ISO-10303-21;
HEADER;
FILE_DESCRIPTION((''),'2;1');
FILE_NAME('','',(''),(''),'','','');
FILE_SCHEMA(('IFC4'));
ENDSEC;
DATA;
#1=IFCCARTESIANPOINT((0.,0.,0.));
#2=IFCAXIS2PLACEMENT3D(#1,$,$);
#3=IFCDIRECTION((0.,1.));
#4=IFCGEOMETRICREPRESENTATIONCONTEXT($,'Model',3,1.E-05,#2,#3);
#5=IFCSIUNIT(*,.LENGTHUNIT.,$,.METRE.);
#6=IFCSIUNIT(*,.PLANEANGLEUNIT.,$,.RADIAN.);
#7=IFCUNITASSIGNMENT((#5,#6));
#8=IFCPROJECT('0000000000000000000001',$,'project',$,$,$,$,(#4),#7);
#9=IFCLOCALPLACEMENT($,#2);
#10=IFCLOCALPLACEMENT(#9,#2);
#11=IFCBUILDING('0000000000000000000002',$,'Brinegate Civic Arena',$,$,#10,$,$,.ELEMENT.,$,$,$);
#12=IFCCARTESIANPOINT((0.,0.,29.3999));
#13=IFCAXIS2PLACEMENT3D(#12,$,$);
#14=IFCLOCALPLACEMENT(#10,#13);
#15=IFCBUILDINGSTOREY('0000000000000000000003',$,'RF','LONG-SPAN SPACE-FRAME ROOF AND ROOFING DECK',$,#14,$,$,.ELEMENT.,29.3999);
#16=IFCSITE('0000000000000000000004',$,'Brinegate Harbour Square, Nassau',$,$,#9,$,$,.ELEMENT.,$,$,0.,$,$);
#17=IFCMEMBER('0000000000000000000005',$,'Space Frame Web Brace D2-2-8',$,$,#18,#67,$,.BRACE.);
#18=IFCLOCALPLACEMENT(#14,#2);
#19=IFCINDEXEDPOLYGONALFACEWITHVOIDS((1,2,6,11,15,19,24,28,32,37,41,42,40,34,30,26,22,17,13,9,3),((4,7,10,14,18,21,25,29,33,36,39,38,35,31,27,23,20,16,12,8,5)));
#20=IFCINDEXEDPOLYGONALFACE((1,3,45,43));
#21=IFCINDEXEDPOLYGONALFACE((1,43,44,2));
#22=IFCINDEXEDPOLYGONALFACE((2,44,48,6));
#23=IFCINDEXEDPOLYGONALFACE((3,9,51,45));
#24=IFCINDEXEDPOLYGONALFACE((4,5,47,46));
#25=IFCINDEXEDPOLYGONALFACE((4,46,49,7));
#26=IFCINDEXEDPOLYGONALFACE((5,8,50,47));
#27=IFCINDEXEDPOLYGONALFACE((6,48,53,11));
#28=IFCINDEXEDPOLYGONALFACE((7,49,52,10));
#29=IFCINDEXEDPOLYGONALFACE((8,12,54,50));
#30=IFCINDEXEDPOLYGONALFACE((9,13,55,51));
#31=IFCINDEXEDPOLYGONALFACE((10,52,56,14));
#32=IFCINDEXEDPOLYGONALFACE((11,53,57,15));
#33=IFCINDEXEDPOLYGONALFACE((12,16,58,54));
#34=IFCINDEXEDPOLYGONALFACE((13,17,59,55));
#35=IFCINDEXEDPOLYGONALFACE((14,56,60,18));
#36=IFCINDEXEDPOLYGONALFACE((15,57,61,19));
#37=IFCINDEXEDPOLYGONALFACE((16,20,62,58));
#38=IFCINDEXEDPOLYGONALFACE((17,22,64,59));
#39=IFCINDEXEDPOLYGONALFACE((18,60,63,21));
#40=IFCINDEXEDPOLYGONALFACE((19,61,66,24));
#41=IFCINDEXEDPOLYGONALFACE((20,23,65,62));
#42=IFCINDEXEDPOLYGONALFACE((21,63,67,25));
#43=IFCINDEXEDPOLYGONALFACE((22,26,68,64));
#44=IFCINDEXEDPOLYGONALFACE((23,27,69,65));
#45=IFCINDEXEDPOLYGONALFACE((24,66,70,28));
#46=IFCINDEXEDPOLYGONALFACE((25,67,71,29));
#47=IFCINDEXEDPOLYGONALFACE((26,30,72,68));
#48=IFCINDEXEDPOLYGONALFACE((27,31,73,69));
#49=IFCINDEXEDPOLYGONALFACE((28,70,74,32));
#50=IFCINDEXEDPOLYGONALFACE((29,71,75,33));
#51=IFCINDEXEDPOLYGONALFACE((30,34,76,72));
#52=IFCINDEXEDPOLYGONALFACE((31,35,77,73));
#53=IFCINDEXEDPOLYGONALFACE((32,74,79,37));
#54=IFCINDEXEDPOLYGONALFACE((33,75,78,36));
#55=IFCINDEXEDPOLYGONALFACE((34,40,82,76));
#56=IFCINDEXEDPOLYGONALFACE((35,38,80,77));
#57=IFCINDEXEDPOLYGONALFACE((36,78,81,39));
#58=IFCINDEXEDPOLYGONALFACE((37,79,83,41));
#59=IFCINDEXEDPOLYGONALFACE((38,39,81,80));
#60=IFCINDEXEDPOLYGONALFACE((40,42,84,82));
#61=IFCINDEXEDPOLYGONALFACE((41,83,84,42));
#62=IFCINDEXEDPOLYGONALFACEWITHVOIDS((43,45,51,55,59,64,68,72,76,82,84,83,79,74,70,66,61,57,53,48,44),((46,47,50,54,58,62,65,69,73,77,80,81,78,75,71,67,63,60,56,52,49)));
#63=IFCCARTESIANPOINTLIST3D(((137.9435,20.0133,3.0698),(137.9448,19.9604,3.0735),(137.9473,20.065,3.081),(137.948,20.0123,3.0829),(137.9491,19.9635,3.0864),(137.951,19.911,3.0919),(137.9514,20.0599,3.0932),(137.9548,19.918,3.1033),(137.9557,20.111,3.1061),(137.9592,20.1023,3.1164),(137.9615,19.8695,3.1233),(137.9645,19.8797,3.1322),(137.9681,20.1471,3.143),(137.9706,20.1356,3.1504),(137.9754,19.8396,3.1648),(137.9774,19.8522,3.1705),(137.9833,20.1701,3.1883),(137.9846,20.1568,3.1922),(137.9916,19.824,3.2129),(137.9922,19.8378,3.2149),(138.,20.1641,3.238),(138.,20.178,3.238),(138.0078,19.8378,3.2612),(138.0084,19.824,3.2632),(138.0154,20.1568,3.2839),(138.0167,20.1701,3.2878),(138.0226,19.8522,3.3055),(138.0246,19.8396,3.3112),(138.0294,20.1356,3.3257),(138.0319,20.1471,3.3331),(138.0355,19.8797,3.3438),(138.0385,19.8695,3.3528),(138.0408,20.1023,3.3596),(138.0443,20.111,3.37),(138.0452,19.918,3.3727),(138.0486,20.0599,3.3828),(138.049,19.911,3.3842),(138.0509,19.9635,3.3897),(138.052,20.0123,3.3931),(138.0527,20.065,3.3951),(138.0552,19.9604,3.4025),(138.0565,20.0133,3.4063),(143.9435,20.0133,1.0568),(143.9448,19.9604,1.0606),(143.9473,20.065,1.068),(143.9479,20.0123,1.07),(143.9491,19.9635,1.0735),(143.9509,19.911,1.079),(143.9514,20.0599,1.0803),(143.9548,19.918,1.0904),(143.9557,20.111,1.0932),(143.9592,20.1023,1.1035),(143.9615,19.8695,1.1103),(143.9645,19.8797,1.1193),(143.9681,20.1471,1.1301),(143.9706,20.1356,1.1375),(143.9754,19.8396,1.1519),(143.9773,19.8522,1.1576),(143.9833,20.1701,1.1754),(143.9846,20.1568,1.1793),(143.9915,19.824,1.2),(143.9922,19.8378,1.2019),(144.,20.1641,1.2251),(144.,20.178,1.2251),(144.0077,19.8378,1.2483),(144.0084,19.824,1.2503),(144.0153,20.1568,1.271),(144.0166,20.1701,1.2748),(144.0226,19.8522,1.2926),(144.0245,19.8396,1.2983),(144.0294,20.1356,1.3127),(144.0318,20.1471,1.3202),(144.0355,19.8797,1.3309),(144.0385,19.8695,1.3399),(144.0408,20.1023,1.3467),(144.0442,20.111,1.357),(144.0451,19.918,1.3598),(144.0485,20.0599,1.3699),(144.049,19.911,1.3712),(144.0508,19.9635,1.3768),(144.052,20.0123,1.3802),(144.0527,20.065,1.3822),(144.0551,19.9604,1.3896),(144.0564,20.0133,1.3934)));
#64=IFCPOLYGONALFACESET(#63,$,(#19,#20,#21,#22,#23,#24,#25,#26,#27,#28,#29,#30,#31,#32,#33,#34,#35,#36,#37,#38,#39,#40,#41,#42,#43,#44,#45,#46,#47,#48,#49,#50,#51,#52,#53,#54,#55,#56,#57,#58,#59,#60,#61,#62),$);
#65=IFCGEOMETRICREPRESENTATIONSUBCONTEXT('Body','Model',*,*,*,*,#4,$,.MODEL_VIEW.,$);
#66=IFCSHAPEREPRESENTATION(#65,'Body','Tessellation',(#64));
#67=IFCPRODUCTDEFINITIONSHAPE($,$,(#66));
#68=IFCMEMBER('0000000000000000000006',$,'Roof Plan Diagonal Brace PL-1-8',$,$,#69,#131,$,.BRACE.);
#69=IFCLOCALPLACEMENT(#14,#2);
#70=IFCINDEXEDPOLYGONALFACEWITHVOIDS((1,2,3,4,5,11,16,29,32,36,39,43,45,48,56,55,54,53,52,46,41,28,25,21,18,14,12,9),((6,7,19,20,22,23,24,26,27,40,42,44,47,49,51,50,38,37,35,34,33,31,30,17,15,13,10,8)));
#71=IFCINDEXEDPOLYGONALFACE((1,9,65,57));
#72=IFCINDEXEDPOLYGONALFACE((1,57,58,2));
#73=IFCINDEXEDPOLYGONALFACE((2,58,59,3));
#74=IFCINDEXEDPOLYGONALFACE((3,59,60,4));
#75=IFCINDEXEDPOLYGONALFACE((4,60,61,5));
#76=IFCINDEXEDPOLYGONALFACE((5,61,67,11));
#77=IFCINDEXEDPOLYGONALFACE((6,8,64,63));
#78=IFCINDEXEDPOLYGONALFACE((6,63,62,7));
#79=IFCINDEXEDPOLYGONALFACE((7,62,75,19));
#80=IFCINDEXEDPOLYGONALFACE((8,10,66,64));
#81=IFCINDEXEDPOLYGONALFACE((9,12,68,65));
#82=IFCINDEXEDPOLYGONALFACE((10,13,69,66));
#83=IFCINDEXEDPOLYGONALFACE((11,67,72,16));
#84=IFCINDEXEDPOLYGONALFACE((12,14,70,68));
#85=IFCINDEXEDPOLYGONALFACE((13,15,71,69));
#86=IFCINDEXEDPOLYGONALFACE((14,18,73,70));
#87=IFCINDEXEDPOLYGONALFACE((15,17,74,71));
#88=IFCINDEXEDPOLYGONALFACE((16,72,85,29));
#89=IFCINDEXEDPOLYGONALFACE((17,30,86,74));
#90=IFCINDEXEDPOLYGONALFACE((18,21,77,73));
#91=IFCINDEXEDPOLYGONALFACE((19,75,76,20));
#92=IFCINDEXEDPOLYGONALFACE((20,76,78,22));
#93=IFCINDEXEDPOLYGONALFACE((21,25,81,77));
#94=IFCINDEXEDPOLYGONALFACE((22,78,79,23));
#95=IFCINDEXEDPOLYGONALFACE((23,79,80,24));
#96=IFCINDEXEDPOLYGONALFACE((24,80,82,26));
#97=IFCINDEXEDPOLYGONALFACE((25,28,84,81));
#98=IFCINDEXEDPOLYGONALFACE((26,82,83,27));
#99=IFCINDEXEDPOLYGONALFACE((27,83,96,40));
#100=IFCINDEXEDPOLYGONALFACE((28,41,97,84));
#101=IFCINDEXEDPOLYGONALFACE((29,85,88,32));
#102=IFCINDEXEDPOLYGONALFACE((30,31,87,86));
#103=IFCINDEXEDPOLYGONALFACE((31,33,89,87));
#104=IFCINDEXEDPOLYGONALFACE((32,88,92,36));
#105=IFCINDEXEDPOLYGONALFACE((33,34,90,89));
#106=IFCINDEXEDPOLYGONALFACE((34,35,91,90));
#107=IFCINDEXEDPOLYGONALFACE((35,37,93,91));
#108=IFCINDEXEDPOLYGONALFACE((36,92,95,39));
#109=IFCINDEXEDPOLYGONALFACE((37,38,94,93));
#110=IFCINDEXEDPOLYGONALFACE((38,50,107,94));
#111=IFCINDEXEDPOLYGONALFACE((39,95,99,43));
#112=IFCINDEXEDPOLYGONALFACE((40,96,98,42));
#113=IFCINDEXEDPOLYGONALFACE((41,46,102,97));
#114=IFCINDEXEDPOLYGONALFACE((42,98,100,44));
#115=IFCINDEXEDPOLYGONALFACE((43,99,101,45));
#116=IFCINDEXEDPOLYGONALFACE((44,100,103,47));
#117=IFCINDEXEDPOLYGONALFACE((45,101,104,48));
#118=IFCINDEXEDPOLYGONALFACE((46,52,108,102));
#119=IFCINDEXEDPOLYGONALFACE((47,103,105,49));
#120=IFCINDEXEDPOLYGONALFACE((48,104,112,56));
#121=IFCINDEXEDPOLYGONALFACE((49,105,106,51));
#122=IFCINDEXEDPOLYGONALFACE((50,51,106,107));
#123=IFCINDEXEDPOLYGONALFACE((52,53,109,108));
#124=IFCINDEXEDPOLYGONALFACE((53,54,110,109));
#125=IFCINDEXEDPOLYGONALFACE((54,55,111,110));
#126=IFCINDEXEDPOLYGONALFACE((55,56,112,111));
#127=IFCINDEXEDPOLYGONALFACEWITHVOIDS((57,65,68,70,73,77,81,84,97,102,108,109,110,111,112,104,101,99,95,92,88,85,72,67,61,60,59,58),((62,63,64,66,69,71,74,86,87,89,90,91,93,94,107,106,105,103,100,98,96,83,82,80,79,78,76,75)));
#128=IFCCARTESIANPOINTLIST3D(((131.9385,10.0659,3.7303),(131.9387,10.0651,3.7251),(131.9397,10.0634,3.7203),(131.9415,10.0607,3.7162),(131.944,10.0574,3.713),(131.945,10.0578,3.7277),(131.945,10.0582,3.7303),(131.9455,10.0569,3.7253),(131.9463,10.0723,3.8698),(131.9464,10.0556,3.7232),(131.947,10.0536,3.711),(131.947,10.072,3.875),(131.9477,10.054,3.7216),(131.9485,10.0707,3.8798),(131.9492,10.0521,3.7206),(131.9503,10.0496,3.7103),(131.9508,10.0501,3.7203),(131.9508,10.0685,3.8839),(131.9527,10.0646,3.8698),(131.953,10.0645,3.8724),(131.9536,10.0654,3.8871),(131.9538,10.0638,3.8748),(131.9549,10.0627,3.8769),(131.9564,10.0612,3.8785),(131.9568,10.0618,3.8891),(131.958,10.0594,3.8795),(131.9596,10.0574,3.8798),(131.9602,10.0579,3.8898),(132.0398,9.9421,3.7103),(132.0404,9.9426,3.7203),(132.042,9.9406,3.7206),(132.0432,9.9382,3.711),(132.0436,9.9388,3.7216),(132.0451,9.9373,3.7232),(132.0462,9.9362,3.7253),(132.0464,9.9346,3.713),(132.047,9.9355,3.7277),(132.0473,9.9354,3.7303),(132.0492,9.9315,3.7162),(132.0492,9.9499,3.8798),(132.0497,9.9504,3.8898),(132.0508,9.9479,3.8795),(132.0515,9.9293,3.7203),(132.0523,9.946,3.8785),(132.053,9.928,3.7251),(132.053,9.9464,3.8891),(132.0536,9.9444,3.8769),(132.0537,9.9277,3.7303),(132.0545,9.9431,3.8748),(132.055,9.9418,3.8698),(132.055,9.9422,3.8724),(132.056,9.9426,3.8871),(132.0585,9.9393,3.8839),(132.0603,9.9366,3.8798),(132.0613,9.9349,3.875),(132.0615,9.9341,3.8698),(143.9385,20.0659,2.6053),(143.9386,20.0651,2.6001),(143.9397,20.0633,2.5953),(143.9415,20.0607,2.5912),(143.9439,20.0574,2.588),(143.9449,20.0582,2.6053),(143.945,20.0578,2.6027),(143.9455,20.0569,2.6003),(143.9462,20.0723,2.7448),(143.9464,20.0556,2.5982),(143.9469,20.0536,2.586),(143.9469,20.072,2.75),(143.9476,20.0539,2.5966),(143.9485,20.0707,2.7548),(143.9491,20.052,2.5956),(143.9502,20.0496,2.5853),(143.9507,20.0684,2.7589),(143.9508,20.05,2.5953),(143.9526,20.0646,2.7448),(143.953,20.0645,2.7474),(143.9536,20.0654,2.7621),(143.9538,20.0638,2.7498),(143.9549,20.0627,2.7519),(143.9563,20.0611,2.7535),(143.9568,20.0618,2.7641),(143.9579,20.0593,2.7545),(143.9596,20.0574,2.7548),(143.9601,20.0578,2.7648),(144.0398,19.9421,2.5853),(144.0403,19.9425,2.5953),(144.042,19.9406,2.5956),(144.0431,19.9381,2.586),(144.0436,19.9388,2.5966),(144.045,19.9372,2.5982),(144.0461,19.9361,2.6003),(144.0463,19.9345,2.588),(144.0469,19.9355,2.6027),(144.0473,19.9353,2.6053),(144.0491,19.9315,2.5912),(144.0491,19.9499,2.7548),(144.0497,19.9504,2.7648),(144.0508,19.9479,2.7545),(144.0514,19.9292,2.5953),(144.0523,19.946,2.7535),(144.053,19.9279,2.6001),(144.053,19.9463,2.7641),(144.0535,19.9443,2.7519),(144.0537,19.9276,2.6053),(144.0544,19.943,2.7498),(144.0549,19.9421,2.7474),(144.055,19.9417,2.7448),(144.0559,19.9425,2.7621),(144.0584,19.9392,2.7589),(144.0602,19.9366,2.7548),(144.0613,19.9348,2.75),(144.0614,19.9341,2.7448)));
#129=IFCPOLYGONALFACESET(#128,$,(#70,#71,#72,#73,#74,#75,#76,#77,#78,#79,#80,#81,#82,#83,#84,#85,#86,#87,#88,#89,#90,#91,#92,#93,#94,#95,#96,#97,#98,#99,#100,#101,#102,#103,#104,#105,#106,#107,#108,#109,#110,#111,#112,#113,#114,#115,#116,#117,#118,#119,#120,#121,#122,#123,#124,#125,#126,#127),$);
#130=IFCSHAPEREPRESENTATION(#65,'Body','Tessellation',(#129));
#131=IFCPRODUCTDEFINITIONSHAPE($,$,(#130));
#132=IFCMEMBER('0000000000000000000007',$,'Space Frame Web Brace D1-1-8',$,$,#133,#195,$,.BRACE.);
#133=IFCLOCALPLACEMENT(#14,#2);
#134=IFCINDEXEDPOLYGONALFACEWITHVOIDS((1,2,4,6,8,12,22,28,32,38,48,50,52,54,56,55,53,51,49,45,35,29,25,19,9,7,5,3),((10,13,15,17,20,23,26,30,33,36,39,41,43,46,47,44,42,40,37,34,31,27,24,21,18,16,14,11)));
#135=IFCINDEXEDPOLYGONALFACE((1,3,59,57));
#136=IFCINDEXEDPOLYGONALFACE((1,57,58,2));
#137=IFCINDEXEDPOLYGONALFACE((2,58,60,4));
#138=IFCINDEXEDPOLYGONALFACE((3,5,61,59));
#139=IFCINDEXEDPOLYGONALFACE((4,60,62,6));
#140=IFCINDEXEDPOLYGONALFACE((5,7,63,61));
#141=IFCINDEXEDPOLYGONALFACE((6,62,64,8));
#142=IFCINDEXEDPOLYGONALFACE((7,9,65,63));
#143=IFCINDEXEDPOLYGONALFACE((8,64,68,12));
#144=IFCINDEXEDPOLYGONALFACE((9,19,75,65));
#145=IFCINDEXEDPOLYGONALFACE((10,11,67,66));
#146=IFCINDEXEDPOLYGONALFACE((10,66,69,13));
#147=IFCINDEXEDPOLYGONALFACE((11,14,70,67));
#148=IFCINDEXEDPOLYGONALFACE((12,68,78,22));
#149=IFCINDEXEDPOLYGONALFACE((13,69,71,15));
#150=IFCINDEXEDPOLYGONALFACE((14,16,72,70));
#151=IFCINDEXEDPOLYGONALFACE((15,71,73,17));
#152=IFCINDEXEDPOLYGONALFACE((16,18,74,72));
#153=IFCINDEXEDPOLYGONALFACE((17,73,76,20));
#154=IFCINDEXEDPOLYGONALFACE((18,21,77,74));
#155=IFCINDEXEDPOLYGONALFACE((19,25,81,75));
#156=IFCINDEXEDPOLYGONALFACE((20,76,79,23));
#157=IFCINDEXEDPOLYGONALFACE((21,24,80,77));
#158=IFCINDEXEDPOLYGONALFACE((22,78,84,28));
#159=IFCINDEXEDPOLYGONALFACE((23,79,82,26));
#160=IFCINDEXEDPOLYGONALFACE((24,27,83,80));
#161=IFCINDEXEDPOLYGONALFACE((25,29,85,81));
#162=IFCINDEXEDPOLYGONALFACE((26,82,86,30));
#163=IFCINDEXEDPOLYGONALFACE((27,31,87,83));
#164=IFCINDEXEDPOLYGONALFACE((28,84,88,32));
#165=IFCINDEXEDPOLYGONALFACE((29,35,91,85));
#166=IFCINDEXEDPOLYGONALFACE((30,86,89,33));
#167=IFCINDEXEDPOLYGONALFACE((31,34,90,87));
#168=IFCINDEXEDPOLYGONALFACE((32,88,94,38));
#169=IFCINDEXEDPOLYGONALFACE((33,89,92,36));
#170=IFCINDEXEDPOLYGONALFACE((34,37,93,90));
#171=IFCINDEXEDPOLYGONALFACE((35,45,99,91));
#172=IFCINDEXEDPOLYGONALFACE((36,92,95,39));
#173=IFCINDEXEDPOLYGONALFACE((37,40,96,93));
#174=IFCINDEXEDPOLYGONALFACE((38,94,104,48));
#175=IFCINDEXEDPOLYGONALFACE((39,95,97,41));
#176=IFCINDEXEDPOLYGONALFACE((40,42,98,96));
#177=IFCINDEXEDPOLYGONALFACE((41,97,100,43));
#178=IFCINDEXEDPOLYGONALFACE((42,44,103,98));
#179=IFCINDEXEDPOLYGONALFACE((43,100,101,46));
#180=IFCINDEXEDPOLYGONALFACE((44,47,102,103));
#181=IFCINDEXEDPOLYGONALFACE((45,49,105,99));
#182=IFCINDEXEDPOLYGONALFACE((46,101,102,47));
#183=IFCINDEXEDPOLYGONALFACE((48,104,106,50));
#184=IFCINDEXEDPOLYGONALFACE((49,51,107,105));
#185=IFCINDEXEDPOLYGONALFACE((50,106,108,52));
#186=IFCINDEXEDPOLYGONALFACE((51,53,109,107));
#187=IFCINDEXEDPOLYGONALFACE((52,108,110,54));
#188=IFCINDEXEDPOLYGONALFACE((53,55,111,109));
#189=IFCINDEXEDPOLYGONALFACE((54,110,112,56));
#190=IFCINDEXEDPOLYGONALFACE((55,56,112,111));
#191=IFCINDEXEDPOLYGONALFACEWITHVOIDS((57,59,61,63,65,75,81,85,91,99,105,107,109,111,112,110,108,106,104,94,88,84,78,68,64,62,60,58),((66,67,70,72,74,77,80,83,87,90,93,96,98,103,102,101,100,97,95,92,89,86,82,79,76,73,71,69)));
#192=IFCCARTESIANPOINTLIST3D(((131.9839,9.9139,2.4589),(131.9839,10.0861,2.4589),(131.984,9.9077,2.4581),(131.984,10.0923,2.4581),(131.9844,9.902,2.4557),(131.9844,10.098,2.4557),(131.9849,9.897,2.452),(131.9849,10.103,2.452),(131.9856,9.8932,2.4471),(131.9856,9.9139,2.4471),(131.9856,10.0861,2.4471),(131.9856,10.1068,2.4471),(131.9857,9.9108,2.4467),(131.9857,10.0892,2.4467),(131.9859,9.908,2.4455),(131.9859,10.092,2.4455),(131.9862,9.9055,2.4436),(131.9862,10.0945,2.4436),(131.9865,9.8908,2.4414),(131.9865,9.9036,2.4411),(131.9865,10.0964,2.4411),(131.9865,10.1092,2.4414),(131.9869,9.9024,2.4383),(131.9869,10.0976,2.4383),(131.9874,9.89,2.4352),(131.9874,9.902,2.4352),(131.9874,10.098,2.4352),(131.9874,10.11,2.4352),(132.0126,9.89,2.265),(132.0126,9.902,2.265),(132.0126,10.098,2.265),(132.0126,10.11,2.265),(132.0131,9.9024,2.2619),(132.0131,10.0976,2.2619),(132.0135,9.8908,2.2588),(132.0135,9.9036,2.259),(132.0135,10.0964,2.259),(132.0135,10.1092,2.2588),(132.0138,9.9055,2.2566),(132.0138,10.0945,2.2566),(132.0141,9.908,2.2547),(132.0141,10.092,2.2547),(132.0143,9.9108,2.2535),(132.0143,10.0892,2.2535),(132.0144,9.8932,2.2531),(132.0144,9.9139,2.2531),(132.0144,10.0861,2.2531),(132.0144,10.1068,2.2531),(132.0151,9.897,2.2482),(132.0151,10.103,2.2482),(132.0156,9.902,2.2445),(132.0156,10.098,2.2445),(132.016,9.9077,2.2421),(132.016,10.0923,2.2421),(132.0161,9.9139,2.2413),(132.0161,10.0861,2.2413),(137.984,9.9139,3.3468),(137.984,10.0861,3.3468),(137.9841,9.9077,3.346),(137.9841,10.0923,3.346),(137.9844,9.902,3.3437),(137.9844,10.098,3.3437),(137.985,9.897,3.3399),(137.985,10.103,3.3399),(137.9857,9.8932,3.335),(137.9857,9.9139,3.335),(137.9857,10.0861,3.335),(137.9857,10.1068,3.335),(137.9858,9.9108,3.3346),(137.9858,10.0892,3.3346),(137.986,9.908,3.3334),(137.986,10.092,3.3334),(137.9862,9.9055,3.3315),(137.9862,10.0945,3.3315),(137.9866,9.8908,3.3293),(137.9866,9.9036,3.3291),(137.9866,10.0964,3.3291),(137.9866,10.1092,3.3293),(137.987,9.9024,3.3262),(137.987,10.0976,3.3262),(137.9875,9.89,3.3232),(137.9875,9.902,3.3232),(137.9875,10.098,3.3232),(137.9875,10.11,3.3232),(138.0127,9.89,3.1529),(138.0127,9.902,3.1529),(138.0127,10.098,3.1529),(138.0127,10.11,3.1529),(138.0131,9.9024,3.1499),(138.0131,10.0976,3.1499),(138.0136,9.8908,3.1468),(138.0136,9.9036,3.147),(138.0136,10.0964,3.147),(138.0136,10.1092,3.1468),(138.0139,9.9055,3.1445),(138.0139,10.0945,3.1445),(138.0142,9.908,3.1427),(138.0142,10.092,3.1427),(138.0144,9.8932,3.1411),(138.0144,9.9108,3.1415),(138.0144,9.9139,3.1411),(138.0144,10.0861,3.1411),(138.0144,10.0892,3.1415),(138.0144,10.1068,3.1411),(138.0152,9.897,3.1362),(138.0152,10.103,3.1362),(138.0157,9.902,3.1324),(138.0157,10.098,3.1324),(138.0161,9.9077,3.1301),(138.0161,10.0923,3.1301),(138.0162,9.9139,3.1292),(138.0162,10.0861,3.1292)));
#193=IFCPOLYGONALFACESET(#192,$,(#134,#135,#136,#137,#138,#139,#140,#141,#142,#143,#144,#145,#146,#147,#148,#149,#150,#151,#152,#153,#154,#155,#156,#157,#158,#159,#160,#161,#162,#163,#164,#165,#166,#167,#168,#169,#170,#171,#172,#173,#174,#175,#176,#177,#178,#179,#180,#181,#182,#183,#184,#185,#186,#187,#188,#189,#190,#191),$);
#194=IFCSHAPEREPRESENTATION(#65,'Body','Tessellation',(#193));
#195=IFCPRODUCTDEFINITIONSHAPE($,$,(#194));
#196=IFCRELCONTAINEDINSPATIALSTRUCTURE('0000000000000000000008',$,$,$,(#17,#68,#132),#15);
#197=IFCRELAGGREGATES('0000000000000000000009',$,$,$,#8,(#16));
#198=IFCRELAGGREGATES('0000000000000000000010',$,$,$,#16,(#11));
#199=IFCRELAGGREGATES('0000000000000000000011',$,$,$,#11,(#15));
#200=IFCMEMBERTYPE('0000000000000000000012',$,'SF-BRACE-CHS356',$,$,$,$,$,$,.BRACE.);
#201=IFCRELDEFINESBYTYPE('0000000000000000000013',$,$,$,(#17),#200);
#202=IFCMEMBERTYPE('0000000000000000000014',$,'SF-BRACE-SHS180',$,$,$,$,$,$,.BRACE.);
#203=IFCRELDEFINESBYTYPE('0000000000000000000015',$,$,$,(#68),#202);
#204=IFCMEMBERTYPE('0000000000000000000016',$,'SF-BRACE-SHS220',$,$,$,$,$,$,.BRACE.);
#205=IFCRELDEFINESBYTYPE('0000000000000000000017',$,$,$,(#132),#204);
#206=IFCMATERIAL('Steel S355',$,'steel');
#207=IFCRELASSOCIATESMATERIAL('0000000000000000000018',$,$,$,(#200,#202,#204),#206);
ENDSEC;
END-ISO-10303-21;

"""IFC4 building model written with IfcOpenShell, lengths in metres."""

from ifc_helpers import new_model, si_unit, direction, frame, origin, origin_2d, place, context, subcontext, project, spatial, hollow_rectangle, hollow_circle, extrude, material, material_profile, profile_set, type_object, element, save


model = new_model("IFC4")

# Units and contexts
model_context = context("Model", 3, precision=1e-05, world=origin(), true_north=direction((0.0, 1.0)))
body_context = subcontext(model_context, "Body", "Model", "MODEL_VIEW")
ifc_project = project(units=[si_unit("LENGTHUNIT", "METRE"), si_unit("PLANEANGLEUNIT", "RADIAN")], contexts=[model_context])

# Site, building, storey
site_placement = place(None, origin())
site = spatial("IfcSite", under=ifc_project, at=site_placement, Name="Brinegate Harbour Square, Nassau", CompositionType="ELEMENT", RefElevation=0.0)
building_placement = place(site_placement, origin())
building = spatial("IfcBuilding", under=site, at=building_placement, Name="Brinegate Civic Arena", CompositionType="ELEMENT")
storey_placement = place(building_placement, frame((0.0, 0.0, 29.3999)))
storey = spatial("IfcBuildingStorey", under=building, at=storey_placement, Name="RF", Description="LONG-SPAN SPACE-FRAME ROOF AND ROOFING DECK", CompositionType="ELEMENT", Elevation=29.3999)

# Shared definitions
ifc_material_1 = material(Name="Steel S355", Category="steel")

# Members
ifc_material_profile_1 = material_profile(ifc_material_1, hollow_circle(Radius=0.178, WallThickness=0.0139, at=origin_2d()), Name="CHS356X14")
ifc_profile_set_1 = profile_set([ifc_material_profile_1], Name="Steel S355")
member_type_1 = type_object("IfcMemberType", Name="SF-BRACE-CHS356", PredefinedType="BRACE", material=ifc_profile_set_1)
member_1_placement = place(storey_placement, frame((138.0, 20.0, 3.238), z_axis=(0.948068, 0.0, -0.318067), x_axis=(0.0, 1.0, 0.0)))
element("IfcMember", 1, at=member_1_placement, inside=storey, type_object=member_type_1, Name="Space Frame Web Brace D2-2-8", PredefinedType="BRACE", context=body_context, shape_type="SweptSolid", body=[
    extrude(hollow_circle(Radius=0.178, WallThickness=0.0139, at=origin_2d()), origin(), (0.0, 0.0, 1.0), 6.3286),
])
ifc_material_profile_2 = material_profile(ifc_material_1, hollow_rectangle(XDim=0.1799, YDim=0.1799, WallThickness=0.01, InnerFilletRadius=0.01, OuterFilletRadius=0.02, at=origin_2d()), Name="SHS180X10")
ifc_profile_set_2 = profile_set([ifc_material_profile_2], Name="Steel S355")
member_type_2 = type_object("IfcMemberType", Name="SF-BRACE-SHS180", PredefinedType="BRACE", material=ifc_profile_set_2)
member_2_placement = place(storey_placement, frame((132.0, 10.0, 3.8), z_axis=(0.766237, 0.638531, -0.071835), x_axis=(-0.640184, 0.768221, 0.0)))
element("IfcMember", 2, at=member_2_placement, inside=storey, type_object=member_type_2, Name="Roof Plan Diagonal Brace PL-1-8", PredefinedType="BRACE", context=body_context, shape_type="SweptSolid", body=[
    extrude(hollow_rectangle(XDim=0.1799, YDim=0.1799, WallThickness=0.01, InnerFilletRadius=0.01, OuterFilletRadius=0.02, at=origin_2d()), origin(), (0.0, 0.0, 1.0), 15.6609),
])
ifc_material_profile_3 = material_profile(ifc_material_1, hollow_rectangle(XDim=0.22, YDim=0.22, WallThickness=0.012, InnerFilletRadius=0.012, OuterFilletRadius=0.0239, at=origin_2d()), Name="SHS220X12")
ifc_profile_set_3 = profile_set([ifc_material_profile_3], Name="Steel S355")
member_type_3 = type_object("IfcMemberType", Name="SF-BRACE-SHS220", PredefinedType="BRACE", material=ifc_profile_set_3)
member_3_placement = place(storey_placement, frame((132.0, 10.0, 2.3501), z_axis=(0.989226, 0.0, 0.146395), x_axis=(0.0, 1.0, 0.0)))
element("IfcMember", 3, at=member_3_placement, inside=storey, type_object=member_type_3, Name="Space Frame Web Brace D1-1-8", PredefinedType="BRACE", context=body_context, shape_type="SweptSolid", body=[
    extrude(hollow_rectangle(XDim=0.22, YDim=0.22, WallThickness=0.012, InnerFilletRadius=0.012, OuterFilletRadius=0.0239, at=origin_2d()), origin(), (0.0, 0.0, 1.0), 6.0654),
])

save(model, "model.ifc")
